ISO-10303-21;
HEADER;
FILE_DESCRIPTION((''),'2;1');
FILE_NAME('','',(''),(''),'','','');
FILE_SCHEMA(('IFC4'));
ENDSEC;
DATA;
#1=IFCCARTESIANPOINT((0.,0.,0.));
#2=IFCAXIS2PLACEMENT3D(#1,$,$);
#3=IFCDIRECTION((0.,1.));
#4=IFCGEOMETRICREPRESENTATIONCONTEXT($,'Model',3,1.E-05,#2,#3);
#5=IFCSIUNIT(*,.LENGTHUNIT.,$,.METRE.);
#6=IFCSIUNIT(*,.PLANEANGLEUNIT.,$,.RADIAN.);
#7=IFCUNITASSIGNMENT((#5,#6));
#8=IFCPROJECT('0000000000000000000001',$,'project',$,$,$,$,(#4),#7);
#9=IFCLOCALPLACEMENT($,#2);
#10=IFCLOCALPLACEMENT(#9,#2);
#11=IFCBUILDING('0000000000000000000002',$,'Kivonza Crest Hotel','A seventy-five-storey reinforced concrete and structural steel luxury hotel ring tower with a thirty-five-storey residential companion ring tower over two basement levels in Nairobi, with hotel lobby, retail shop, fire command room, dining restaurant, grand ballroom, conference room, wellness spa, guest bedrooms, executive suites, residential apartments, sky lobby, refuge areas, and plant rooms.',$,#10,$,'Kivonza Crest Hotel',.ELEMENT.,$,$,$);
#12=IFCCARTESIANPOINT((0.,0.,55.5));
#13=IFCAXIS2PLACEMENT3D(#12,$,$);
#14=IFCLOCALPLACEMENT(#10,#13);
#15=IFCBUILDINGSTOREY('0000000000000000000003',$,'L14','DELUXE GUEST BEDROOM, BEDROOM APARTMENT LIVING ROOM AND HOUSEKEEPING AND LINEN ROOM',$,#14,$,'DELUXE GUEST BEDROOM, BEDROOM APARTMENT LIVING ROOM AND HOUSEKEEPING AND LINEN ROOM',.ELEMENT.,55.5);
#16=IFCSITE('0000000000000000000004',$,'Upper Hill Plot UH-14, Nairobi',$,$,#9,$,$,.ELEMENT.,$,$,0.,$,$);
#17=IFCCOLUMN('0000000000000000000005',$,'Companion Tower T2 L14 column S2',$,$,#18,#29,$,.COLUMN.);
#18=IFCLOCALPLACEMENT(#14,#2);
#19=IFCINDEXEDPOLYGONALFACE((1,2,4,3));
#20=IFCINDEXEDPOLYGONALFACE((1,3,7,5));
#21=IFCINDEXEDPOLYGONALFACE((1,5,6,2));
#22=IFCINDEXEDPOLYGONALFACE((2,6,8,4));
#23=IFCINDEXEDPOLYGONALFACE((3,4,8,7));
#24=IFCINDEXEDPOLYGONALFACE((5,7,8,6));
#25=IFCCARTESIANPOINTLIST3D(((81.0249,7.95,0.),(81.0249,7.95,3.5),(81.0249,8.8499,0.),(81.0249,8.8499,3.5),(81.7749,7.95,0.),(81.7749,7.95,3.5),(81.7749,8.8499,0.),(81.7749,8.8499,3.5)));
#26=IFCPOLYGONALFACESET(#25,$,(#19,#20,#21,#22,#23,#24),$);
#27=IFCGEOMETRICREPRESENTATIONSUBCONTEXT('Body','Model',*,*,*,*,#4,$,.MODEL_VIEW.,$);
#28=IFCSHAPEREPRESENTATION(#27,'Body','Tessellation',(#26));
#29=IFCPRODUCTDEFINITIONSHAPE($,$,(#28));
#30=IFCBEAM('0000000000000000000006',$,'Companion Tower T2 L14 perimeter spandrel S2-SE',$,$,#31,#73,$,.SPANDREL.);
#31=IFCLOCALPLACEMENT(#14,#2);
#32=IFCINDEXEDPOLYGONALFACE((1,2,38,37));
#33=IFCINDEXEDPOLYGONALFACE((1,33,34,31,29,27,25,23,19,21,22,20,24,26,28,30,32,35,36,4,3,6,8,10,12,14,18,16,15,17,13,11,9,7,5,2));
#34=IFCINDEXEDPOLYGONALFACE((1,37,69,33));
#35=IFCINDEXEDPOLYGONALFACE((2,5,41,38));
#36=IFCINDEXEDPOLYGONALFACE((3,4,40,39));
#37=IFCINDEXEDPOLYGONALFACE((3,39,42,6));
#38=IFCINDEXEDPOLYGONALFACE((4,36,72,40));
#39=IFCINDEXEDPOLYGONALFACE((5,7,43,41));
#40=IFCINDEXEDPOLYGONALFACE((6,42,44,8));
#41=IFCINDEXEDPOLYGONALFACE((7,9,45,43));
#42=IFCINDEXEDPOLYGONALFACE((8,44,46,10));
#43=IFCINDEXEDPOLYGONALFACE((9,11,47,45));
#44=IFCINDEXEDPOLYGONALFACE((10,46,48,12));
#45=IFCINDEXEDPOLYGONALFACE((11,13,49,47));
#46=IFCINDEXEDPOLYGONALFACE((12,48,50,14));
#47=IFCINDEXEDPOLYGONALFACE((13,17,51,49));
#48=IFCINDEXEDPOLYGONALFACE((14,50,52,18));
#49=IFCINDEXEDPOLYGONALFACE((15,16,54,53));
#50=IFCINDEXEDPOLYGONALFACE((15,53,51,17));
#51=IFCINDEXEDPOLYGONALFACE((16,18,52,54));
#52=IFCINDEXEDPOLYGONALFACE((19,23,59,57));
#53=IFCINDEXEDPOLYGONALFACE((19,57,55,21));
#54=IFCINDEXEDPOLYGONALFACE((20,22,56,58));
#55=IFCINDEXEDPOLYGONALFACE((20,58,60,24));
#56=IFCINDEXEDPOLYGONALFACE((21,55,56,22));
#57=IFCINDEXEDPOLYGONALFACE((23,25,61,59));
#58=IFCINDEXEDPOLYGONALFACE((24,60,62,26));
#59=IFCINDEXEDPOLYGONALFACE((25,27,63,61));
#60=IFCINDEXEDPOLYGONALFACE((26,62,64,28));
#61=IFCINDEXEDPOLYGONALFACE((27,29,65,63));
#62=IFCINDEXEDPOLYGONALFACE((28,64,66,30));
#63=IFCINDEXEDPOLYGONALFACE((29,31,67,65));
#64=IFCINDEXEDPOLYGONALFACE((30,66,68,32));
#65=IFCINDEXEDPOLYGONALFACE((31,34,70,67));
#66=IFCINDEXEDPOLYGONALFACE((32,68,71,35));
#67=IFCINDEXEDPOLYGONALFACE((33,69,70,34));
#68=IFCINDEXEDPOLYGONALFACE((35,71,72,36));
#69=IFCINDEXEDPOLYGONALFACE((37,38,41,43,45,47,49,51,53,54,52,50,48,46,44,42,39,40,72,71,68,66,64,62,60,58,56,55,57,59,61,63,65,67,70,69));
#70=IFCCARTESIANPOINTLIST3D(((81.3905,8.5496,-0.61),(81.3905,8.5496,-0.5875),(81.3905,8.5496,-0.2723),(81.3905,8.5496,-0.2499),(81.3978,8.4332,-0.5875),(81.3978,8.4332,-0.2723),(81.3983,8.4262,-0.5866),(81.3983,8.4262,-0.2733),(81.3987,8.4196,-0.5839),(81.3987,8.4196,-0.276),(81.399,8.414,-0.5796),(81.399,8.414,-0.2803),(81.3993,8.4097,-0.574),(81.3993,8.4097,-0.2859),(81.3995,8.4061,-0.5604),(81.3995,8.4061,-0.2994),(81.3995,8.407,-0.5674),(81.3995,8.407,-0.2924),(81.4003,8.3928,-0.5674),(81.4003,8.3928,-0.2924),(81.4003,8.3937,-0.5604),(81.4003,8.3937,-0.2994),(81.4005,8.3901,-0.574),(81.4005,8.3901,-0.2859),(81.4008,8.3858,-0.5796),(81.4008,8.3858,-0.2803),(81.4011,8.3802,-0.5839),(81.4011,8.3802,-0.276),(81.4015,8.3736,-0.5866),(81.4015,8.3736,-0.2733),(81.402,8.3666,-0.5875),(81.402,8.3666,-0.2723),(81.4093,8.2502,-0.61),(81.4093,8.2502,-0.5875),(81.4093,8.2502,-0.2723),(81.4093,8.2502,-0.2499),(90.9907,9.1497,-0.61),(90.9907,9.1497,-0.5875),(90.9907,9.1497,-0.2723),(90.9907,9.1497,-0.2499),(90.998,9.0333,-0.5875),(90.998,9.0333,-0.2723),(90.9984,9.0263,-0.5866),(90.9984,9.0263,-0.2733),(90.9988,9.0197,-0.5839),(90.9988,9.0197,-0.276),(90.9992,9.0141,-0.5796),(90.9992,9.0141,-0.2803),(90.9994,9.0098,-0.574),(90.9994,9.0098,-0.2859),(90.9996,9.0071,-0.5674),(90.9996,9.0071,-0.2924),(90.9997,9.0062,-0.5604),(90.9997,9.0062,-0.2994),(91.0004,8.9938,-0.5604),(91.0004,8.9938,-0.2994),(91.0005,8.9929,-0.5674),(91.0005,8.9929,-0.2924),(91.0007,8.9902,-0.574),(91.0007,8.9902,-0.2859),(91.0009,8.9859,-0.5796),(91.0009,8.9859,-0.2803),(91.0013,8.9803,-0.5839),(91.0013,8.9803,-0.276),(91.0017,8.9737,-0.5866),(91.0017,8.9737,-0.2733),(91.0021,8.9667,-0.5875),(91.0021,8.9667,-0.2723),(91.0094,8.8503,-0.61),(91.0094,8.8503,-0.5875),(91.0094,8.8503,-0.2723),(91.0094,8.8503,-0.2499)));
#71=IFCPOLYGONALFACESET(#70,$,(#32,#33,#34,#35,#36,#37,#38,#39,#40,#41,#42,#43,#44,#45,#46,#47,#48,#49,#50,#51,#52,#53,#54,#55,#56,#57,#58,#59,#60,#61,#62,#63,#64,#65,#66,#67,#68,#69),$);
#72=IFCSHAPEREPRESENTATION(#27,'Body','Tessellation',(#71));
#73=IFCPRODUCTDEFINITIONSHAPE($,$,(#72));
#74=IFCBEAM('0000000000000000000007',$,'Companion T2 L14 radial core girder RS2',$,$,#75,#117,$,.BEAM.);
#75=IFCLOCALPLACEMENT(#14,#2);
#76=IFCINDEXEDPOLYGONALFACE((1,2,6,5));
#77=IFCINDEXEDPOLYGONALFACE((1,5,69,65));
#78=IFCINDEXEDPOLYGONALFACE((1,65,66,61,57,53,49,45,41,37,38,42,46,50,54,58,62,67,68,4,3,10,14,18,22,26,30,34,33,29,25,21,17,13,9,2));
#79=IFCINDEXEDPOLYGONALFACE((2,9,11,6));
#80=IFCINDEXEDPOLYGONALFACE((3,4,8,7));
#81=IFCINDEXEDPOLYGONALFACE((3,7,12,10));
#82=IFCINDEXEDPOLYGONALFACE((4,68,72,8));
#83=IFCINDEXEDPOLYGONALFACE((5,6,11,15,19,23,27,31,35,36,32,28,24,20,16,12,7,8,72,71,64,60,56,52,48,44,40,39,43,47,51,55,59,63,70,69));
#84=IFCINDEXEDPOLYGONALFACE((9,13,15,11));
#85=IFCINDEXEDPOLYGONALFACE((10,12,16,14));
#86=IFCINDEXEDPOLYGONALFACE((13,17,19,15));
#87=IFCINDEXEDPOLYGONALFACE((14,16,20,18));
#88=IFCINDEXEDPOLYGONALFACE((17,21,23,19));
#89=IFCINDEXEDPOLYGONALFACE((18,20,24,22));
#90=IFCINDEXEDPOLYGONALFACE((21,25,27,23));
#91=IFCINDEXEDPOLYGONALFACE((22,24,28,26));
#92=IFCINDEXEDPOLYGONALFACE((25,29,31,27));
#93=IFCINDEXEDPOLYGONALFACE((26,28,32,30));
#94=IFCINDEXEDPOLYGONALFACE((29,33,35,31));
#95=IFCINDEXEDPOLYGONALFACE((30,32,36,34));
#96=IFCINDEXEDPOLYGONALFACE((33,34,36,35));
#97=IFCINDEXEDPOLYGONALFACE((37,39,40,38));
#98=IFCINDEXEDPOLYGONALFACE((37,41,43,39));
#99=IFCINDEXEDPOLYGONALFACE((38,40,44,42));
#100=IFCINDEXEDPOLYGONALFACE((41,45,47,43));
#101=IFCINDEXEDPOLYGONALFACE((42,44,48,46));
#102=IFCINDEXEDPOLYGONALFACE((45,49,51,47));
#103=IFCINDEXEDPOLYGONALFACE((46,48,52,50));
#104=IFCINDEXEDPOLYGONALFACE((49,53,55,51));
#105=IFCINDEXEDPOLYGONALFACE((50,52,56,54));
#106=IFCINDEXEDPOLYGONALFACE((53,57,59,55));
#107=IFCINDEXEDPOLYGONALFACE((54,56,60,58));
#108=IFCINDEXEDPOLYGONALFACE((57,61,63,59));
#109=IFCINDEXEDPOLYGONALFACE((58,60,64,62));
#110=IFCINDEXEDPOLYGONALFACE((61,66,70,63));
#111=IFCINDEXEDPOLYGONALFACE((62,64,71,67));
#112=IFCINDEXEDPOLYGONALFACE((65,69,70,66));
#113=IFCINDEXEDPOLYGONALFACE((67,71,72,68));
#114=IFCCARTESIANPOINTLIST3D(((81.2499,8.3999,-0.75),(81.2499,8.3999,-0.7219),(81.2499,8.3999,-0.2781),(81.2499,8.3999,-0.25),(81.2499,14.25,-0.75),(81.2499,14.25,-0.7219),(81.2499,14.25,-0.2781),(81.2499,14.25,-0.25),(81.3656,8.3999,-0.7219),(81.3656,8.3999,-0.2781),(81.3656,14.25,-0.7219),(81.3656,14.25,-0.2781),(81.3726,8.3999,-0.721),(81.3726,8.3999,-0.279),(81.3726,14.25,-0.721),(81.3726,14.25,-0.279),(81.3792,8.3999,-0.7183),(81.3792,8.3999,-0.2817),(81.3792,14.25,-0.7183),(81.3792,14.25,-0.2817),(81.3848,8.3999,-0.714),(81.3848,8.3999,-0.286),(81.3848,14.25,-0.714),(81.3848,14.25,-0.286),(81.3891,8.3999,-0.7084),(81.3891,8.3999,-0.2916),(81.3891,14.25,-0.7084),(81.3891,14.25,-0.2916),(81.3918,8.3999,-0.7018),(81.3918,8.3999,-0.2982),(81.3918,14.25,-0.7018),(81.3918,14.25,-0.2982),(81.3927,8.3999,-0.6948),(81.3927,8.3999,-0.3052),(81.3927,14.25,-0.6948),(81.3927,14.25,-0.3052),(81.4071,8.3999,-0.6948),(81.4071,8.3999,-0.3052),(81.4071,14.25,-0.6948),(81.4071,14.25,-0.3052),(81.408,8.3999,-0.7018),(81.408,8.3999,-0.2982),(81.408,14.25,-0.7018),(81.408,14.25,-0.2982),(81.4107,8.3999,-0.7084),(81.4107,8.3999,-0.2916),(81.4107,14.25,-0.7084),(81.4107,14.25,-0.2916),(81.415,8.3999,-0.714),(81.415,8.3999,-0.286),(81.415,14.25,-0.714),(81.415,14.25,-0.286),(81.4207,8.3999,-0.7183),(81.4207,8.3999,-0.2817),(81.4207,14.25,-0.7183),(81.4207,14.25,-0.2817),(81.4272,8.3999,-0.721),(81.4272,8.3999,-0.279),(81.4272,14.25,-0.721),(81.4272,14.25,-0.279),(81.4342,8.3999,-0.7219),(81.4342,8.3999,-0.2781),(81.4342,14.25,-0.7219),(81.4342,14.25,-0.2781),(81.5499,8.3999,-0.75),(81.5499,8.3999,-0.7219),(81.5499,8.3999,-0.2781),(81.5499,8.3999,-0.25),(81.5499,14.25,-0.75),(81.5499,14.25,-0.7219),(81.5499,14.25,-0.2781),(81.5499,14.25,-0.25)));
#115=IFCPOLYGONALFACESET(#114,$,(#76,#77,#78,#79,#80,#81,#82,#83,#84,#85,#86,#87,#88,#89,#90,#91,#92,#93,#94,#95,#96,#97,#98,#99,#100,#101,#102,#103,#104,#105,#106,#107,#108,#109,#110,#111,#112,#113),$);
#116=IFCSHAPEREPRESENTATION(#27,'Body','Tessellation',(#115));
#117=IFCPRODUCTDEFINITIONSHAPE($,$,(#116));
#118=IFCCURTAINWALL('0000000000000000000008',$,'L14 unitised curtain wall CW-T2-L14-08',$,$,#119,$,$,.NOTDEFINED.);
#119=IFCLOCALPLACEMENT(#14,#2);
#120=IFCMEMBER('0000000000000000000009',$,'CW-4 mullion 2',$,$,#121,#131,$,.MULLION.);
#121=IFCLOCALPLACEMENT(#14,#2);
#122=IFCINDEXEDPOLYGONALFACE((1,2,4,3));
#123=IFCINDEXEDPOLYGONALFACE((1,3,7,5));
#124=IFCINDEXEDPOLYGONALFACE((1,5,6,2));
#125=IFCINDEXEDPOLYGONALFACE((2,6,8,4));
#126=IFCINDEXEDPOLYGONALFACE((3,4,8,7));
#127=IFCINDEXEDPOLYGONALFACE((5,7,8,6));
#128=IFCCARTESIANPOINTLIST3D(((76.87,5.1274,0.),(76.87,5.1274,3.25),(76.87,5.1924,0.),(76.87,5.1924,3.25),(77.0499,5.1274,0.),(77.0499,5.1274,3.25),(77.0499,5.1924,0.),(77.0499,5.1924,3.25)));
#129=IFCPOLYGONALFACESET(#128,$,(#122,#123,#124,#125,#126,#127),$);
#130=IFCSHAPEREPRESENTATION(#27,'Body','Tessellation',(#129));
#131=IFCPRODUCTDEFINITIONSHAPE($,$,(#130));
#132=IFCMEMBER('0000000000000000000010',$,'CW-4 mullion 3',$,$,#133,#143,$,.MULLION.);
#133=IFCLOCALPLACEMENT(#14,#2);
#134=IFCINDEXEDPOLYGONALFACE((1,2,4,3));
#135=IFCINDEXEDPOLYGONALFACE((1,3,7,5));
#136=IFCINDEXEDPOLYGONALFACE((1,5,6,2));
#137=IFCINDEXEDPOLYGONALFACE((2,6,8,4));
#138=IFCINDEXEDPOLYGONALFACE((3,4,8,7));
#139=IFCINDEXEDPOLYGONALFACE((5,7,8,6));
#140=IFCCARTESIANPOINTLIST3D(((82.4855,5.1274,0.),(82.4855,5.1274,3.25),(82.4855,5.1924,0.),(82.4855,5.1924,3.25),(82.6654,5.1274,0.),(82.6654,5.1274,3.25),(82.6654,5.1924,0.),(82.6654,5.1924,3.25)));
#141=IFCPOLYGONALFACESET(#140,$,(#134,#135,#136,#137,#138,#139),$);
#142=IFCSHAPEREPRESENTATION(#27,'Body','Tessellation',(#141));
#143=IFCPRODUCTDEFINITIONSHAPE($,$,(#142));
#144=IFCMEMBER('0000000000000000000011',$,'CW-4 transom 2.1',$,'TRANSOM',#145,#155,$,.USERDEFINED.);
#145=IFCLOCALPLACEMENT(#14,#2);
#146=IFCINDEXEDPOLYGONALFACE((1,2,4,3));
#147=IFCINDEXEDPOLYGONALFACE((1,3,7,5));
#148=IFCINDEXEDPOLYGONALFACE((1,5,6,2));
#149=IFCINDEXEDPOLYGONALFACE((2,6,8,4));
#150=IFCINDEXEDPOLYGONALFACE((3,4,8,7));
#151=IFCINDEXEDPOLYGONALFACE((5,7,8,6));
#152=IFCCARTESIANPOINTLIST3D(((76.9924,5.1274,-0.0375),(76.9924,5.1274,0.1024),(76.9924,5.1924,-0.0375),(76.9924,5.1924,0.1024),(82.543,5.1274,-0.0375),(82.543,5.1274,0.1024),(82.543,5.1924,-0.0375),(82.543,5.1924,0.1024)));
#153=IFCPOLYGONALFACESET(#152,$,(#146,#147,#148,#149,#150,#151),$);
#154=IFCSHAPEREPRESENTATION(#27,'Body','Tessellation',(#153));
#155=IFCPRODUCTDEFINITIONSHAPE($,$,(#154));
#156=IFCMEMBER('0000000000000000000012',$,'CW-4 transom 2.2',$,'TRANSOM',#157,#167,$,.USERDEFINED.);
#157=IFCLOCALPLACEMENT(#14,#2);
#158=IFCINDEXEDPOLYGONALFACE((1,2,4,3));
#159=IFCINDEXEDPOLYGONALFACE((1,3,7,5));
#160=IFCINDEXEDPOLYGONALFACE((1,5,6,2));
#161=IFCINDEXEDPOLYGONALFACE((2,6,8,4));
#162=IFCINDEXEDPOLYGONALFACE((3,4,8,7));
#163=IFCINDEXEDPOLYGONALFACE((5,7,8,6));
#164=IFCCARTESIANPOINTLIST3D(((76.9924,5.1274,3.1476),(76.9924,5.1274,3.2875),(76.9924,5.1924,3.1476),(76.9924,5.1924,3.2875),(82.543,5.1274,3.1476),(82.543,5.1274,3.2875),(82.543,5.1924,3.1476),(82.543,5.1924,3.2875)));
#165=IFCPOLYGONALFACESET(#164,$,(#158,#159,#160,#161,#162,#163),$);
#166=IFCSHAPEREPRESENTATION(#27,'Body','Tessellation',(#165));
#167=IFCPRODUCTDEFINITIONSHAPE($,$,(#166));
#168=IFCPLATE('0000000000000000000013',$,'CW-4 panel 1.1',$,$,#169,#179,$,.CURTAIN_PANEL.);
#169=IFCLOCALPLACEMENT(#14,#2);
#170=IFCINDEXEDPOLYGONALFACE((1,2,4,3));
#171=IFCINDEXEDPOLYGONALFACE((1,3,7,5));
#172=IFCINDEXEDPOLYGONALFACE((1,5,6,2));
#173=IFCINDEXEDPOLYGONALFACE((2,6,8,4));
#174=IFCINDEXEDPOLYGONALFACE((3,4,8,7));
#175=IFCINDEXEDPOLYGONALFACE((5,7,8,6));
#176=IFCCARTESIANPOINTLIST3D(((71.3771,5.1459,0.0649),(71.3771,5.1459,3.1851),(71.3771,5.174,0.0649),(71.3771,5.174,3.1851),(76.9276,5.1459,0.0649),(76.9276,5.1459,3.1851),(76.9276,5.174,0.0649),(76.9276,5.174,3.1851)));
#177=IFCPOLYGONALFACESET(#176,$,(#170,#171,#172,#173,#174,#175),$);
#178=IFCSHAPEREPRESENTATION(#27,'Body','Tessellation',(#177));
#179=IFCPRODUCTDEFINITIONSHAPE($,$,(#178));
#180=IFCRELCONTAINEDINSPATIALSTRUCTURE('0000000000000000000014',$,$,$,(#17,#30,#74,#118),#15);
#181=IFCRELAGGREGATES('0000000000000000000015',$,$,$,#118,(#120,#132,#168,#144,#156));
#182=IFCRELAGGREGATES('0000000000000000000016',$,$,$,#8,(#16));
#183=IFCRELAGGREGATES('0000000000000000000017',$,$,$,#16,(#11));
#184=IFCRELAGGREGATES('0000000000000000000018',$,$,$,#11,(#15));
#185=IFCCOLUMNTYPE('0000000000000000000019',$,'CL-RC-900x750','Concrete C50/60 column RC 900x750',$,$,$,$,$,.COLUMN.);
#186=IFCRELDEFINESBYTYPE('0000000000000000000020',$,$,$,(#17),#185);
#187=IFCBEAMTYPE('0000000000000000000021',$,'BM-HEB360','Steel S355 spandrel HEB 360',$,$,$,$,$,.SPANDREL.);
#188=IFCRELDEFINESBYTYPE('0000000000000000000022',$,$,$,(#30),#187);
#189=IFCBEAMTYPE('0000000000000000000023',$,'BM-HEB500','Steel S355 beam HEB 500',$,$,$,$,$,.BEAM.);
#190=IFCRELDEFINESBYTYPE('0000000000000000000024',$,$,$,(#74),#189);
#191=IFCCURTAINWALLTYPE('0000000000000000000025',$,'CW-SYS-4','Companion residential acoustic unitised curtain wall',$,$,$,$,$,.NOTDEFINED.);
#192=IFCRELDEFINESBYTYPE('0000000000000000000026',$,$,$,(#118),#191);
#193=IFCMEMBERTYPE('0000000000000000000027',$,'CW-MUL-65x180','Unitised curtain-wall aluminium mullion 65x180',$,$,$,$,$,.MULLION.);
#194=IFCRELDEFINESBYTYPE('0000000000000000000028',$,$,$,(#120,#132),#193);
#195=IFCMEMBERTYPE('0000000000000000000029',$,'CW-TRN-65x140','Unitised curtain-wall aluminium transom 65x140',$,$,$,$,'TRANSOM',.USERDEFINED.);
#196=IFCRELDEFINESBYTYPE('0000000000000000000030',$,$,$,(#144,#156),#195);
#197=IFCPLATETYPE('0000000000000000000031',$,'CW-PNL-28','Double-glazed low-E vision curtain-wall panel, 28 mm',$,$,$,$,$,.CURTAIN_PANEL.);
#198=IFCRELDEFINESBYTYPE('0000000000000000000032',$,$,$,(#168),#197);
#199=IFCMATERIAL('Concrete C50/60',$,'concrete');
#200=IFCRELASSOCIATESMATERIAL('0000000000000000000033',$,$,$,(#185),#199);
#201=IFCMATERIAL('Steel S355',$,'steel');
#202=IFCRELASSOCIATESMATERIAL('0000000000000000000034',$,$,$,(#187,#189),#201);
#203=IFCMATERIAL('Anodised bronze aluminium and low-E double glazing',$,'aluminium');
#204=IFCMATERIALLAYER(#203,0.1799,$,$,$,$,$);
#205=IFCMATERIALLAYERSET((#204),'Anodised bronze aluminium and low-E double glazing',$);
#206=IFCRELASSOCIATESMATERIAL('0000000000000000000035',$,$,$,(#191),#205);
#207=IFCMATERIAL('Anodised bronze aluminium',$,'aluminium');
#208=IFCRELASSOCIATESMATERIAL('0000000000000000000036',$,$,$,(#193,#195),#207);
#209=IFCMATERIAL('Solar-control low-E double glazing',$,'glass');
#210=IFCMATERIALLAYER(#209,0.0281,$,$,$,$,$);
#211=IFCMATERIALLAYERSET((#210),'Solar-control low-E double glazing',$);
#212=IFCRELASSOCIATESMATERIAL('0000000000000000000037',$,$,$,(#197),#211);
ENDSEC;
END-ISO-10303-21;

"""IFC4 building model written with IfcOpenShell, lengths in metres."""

from ifc_helpers import new_model, si_unit, direction, frame, origin, origin_2d, place, context, subcontext, project, spatial, rectangle, i_section, extrude, material, layer, layer_set, material_profile, profile_set, type_object, element, aggregate, save


model = new_model("IFC4")

# Units and contexts
model_context = context("Model", 3, precision=1e-05, world=origin(), true_north=direction((0.0, 1.0)))
body_context = subcontext(model_context, "Body", "Model", "MODEL_VIEW")
ifc_project = project(units=[si_unit("LENGTHUNIT", "METRE"), si_unit("PLANEANGLEUNIT", "RADIAN")], contexts=[model_context])

# Site, building, storey
site_placement = place(None, origin())
site = spatial("IfcSite", under=ifc_project, at=site_placement, Name="Upper Hill Plot UH-14, Nairobi", CompositionType="ELEMENT", RefElevation=0.0)
building_placement = place(site_placement, origin())
building = spatial("IfcBuilding", under=site, at=building_placement, Name="Kivonza Crest Hotel", Description="A seventy-five-storey reinforced concrete and structural steel luxury hotel ring tower with a thirty-five-storey residential companion ring tower over two basement levels in Nairobi, with hotel lobby, retail shop, fire command room, dining restaurant, grand ballroom, conference room, wellness spa, guest bedrooms, executive suites, residential apartments, sky lobby, refuge areas, and plant rooms.", LongName="Kivonza Crest Hotel", CompositionType="ELEMENT")
storey_placement = place(building_placement, frame((0.0, 0.0, 55.5)))
storey = spatial("IfcBuildingStorey", under=building, at=storey_placement, Name="L14", Description="DELUXE GUEST BEDROOM, BEDROOM APARTMENT LIVING ROOM AND HOUSEKEEPING AND LINEN ROOM", LongName="DELUXE GUEST BEDROOM, BEDROOM APARTMENT LIVING ROOM AND HOUSEKEEPING AND LINEN ROOM", CompositionType="ELEMENT", Elevation=55.5)

# Column
ifc_material_1 = material(Name="Concrete C50/60", Category="concrete")
ifc_material_profile_1 = material_profile(ifc_material_1, rectangle(XDim=0.75, YDim=0.8999, at=origin_2d()), Name="RC 900x750")
ifc_profile_set_1 = profile_set([ifc_material_profile_1], Name="Concrete C50/60")
column_type = type_object("IfcColumnType", Name="CL-RC-900x750", Description="Concrete C50/60 column RC 900x750", PredefinedType="COLUMN", material=ifc_profile_set_1)
column_placement = place(storey_placement, frame((81.3999, 8.3999, 0.0), z_axis=(0.0, 0.0, 1.0), x_axis=(1.0, 0.0, 0.0)))
element("IfcColumn", 1, at=column_placement, inside=storey, type_object=column_type, Name="Companion Tower T2 L14 column S2", PredefinedType="COLUMN", context=body_context, shape_type="SweptSolid", body=[
    extrude(rectangle(XDim=0.75, YDim=0.8999, at=origin_2d()), origin(), (0.0, 0.0, 1.0), 3.5),
])

# Beams
ifc_material_2 = material(Name="Steel S355", Category="steel")
ifc_material_profile_2 = material_profile(ifc_material_2, i_section(OverallWidth=0.3, OverallDepth=0.3601, WebThickness=0.0125, FlangeThickness=0.0225, FilletRadius=0.0271, at=origin_2d()), Name="HEB 360")
ifc_profile_set_2 = profile_set([ifc_material_profile_2], Name="Steel S355")
beam_type_1 = type_object("IfcBeamType", Name="BM-HEB360", Description="Steel S355 spandrel HEB 360", PredefinedType="SPANDREL", material=ifc_profile_set_2)
beam_1_placement = place(storey_placement, frame((81.3999, 8.3999, -0.4299), z_axis=(0.998052, 0.062388, 0.0), x_axis=(-0.062388, 0.998052, 0.0)))
element("IfcBeam", 2, at=beam_1_placement, inside=storey, type_object=beam_type_1, Name="Companion Tower T2 L14 perimeter spandrel S2-SE", PredefinedType="SPANDREL", context=body_context, shape_type="SweptSolid", body=[
    extrude(i_section(OverallWidth=0.3, OverallDepth=0.3601, WebThickness=0.0125, FlangeThickness=0.0225, FilletRadius=0.0271, at=origin_2d()), origin(), (0.0, 0.0, 1.0), 9.6189),
])
ifc_material_profile_3 = material_profile(ifc_material_2, i_section(OverallWidth=0.3, OverallDepth=0.5, WebThickness=0.0144, FlangeThickness=0.0281, FilletRadius=0.0271, at=origin_2d()), Name="HEB 500")
ifc_profile_set_3 = profile_set([ifc_material_profile_3], Name="Steel S355")
beam_type_2 = type_object("IfcBeamType", Name="BM-HEB500", Description="Steel S355 beam HEB 500", PredefinedType="BEAM", material=ifc_profile_set_3)
beam_2_placement = place(storey_placement, frame((81.3999, 8.3999, -0.5), z_axis=(0.0, 1.0, 0.0), x_axis=(-1.0, 0.0, 0.0)))
element("IfcBeam", 3, at=beam_2_placement, inside=storey, type_object=beam_type_2, Name="Companion T2 L14 radial core girder RS2", PredefinedType="BEAM", context=body_context, shape_type="SweptSolid", body=[
    extrude(i_section(OverallWidth=0.3, OverallDepth=0.5, WebThickness=0.0144, FlangeThickness=0.0281, FilletRadius=0.0271, at=origin_2d()), origin(), (0.0, 0.0, 1.0), 5.8501),
])

# Curtain wall, members, plate
ifc_material_3 = material(Name="Anodised bronze aluminium and low-E double glazing", Category="aluminium")
ifc_layer_1 = layer(ifc_material_3, 0.1799)
ifc_layer_set_1 = layer_set([ifc_layer_1], Name="Anodised bronze aluminium and low-E double glazing")
curtain_wall_type = type_object("IfcCurtainWallType", Name="CW-SYS-4", Description="Companion residential acoustic unitised curtain wall", PredefinedType="NOTDEFINED", material=ifc_layer_set_1)
curtain_wall_placement = place(storey_placement, origin())
curtain_wall = element("IfcCurtainWall", 4, at=curtain_wall_placement, inside=storey, type_object=curtain_wall_type, Name="L14 unitised curtain wall CW-T2-L14-08", PredefinedType="NOTDEFINED")
ifc_material_4 = material(Name="Anodised bronze aluminium", Category="aluminium")
ifc_material_profile_4 = material_profile(ifc_material_4, rectangle(XDim=0.0649, YDim=0.1799, at=origin_2d()), Name="CW-M 65x180")
ifc_profile_set_4 = profile_set([ifc_material_profile_4], Name="Anodised bronze aluminium")
member_type_1 = type_object("IfcMemberType", Name="CW-MUL-65x180", Description="Unitised curtain-wall aluminium mullion 65x180", PredefinedType="MULLION", material=ifc_profile_set_4)
member_1_placement = place(storey_placement, frame((76.96, 5.1599, 0.0), z_axis=(0.0, 0.0, 1.0), x_axis=(0.0, 1.0, 0.0)))
member_1 = element("IfcMember", 5, at=member_1_placement, type_object=member_type_1, Name="CW-4 mullion 2", PredefinedType="MULLION", context=body_context, shape_type="SweptSolid", body=[
    extrude(rectangle(XDim=0.0649, YDim=0.1799, at=origin_2d()), origin(), (0.0, 0.0, 1.0), 3.25),
])
member_2_placement = place(storey_placement, frame((82.5754, 5.1599, 0.0), z_axis=(0.0, 0.0, 1.0), x_axis=(0.0, 1.0, 0.0)))
member_2 = element("IfcMember", 6, at=member_2_placement, type_object=member_type_1, Name="CW-4 mullion 3", PredefinedType="MULLION", context=body_context, shape_type="SweptSolid", body=[
    extrude(rectangle(XDim=0.0649, YDim=0.1799, at=origin_2d()), origin(), (0.0, 0.0, 1.0), 3.25),
])
ifc_material_profile_5 = material_profile(ifc_material_4, rectangle(XDim=0.0649, YDim=0.1399, at=origin_2d()), Name="CW-T 65x140")
ifc_profile_set_5 = profile_set([ifc_material_profile_5], Name="Anodised bronze aluminium")
member_type_2 = type_object("IfcMemberType", Name="CW-TRN-65x140", Description="Unitised curtain-wall aluminium transom 65x140", ElementType="TRANSOM", PredefinedType="USERDEFINED", material=ifc_profile_set_5)
member_3_placement = place(storey_placement, frame((76.9924, 5.1599, 0.0325), z_axis=(1.0, 0.0, 0.0), x_axis=(0.0, 1.0, 0.0)))
member_3 = element("IfcMember", 7, at=member_3_placement, type_object=member_type_2, Name="CW-4 transom 2.1", ObjectType="TRANSOM", PredefinedType="USERDEFINED", context=body_context, shape_type="SweptSolid", body=[
    extrude(rectangle(XDim=0.0649, YDim=0.1399, at=origin_2d()), origin(), (0.0, 0.0, 1.0), 5.5505),
])
member_4_placement = place(storey_placement, frame((76.9924, 5.1599, 3.2175), z_axis=(1.0, 0.0, 0.0), x_axis=(0.0, 1.0, 0.0)))
member_4 = element("IfcMember", 8, at=member_4_placement, type_object=member_type_2, Name="CW-4 transom 2.2", ObjectType="TRANSOM", PredefinedType="USERDEFINED", context=body_context, shape_type="SweptSolid", body=[
    extrude(rectangle(XDim=0.0649, YDim=0.1399, at=origin_2d()), origin(), (0.0, 0.0, 1.0), 5.5505),
])
ifc_material_5 = material(Name="Solar-control low-E double glazing", Category="glass")
ifc_layer_2 = layer(ifc_material_5, 0.0281)
ifc_layer_set_2 = layer_set([ifc_layer_2], Name="Solar-control low-E double glazing")
plate_type = type_object("IfcPlateType", Name="CW-PNL-28", Description="Double-glazed low-E vision curtain-wall panel, 28 mm", PredefinedType="CURTAIN_PANEL", material=ifc_layer_set_2)
plate_1_placement = place(storey_placement, frame((74.1523, 5.1599, 0.0649), z_axis=(0.0, 0.0, 1.0), x_axis=(1.0, 0.0, 0.0)))
plate_1 = element("IfcPlate", 9, at=plate_1_placement, type_object=plate_type, Name="CW-4 panel 1.1", PredefinedType="CURTAIN_PANEL", context=body_context, shape_type="SweptSolid", body=[
    extrude(rectangle(XDim=5.5505, YDim=0.0281, at=origin_2d()), origin(), (0.0, 0.0, 1.0), 3.1201),
])
aggregate(curtain_wall, [member_1, member_2, plate_1, member_3, member_4])

save(model, "model.ifc")
